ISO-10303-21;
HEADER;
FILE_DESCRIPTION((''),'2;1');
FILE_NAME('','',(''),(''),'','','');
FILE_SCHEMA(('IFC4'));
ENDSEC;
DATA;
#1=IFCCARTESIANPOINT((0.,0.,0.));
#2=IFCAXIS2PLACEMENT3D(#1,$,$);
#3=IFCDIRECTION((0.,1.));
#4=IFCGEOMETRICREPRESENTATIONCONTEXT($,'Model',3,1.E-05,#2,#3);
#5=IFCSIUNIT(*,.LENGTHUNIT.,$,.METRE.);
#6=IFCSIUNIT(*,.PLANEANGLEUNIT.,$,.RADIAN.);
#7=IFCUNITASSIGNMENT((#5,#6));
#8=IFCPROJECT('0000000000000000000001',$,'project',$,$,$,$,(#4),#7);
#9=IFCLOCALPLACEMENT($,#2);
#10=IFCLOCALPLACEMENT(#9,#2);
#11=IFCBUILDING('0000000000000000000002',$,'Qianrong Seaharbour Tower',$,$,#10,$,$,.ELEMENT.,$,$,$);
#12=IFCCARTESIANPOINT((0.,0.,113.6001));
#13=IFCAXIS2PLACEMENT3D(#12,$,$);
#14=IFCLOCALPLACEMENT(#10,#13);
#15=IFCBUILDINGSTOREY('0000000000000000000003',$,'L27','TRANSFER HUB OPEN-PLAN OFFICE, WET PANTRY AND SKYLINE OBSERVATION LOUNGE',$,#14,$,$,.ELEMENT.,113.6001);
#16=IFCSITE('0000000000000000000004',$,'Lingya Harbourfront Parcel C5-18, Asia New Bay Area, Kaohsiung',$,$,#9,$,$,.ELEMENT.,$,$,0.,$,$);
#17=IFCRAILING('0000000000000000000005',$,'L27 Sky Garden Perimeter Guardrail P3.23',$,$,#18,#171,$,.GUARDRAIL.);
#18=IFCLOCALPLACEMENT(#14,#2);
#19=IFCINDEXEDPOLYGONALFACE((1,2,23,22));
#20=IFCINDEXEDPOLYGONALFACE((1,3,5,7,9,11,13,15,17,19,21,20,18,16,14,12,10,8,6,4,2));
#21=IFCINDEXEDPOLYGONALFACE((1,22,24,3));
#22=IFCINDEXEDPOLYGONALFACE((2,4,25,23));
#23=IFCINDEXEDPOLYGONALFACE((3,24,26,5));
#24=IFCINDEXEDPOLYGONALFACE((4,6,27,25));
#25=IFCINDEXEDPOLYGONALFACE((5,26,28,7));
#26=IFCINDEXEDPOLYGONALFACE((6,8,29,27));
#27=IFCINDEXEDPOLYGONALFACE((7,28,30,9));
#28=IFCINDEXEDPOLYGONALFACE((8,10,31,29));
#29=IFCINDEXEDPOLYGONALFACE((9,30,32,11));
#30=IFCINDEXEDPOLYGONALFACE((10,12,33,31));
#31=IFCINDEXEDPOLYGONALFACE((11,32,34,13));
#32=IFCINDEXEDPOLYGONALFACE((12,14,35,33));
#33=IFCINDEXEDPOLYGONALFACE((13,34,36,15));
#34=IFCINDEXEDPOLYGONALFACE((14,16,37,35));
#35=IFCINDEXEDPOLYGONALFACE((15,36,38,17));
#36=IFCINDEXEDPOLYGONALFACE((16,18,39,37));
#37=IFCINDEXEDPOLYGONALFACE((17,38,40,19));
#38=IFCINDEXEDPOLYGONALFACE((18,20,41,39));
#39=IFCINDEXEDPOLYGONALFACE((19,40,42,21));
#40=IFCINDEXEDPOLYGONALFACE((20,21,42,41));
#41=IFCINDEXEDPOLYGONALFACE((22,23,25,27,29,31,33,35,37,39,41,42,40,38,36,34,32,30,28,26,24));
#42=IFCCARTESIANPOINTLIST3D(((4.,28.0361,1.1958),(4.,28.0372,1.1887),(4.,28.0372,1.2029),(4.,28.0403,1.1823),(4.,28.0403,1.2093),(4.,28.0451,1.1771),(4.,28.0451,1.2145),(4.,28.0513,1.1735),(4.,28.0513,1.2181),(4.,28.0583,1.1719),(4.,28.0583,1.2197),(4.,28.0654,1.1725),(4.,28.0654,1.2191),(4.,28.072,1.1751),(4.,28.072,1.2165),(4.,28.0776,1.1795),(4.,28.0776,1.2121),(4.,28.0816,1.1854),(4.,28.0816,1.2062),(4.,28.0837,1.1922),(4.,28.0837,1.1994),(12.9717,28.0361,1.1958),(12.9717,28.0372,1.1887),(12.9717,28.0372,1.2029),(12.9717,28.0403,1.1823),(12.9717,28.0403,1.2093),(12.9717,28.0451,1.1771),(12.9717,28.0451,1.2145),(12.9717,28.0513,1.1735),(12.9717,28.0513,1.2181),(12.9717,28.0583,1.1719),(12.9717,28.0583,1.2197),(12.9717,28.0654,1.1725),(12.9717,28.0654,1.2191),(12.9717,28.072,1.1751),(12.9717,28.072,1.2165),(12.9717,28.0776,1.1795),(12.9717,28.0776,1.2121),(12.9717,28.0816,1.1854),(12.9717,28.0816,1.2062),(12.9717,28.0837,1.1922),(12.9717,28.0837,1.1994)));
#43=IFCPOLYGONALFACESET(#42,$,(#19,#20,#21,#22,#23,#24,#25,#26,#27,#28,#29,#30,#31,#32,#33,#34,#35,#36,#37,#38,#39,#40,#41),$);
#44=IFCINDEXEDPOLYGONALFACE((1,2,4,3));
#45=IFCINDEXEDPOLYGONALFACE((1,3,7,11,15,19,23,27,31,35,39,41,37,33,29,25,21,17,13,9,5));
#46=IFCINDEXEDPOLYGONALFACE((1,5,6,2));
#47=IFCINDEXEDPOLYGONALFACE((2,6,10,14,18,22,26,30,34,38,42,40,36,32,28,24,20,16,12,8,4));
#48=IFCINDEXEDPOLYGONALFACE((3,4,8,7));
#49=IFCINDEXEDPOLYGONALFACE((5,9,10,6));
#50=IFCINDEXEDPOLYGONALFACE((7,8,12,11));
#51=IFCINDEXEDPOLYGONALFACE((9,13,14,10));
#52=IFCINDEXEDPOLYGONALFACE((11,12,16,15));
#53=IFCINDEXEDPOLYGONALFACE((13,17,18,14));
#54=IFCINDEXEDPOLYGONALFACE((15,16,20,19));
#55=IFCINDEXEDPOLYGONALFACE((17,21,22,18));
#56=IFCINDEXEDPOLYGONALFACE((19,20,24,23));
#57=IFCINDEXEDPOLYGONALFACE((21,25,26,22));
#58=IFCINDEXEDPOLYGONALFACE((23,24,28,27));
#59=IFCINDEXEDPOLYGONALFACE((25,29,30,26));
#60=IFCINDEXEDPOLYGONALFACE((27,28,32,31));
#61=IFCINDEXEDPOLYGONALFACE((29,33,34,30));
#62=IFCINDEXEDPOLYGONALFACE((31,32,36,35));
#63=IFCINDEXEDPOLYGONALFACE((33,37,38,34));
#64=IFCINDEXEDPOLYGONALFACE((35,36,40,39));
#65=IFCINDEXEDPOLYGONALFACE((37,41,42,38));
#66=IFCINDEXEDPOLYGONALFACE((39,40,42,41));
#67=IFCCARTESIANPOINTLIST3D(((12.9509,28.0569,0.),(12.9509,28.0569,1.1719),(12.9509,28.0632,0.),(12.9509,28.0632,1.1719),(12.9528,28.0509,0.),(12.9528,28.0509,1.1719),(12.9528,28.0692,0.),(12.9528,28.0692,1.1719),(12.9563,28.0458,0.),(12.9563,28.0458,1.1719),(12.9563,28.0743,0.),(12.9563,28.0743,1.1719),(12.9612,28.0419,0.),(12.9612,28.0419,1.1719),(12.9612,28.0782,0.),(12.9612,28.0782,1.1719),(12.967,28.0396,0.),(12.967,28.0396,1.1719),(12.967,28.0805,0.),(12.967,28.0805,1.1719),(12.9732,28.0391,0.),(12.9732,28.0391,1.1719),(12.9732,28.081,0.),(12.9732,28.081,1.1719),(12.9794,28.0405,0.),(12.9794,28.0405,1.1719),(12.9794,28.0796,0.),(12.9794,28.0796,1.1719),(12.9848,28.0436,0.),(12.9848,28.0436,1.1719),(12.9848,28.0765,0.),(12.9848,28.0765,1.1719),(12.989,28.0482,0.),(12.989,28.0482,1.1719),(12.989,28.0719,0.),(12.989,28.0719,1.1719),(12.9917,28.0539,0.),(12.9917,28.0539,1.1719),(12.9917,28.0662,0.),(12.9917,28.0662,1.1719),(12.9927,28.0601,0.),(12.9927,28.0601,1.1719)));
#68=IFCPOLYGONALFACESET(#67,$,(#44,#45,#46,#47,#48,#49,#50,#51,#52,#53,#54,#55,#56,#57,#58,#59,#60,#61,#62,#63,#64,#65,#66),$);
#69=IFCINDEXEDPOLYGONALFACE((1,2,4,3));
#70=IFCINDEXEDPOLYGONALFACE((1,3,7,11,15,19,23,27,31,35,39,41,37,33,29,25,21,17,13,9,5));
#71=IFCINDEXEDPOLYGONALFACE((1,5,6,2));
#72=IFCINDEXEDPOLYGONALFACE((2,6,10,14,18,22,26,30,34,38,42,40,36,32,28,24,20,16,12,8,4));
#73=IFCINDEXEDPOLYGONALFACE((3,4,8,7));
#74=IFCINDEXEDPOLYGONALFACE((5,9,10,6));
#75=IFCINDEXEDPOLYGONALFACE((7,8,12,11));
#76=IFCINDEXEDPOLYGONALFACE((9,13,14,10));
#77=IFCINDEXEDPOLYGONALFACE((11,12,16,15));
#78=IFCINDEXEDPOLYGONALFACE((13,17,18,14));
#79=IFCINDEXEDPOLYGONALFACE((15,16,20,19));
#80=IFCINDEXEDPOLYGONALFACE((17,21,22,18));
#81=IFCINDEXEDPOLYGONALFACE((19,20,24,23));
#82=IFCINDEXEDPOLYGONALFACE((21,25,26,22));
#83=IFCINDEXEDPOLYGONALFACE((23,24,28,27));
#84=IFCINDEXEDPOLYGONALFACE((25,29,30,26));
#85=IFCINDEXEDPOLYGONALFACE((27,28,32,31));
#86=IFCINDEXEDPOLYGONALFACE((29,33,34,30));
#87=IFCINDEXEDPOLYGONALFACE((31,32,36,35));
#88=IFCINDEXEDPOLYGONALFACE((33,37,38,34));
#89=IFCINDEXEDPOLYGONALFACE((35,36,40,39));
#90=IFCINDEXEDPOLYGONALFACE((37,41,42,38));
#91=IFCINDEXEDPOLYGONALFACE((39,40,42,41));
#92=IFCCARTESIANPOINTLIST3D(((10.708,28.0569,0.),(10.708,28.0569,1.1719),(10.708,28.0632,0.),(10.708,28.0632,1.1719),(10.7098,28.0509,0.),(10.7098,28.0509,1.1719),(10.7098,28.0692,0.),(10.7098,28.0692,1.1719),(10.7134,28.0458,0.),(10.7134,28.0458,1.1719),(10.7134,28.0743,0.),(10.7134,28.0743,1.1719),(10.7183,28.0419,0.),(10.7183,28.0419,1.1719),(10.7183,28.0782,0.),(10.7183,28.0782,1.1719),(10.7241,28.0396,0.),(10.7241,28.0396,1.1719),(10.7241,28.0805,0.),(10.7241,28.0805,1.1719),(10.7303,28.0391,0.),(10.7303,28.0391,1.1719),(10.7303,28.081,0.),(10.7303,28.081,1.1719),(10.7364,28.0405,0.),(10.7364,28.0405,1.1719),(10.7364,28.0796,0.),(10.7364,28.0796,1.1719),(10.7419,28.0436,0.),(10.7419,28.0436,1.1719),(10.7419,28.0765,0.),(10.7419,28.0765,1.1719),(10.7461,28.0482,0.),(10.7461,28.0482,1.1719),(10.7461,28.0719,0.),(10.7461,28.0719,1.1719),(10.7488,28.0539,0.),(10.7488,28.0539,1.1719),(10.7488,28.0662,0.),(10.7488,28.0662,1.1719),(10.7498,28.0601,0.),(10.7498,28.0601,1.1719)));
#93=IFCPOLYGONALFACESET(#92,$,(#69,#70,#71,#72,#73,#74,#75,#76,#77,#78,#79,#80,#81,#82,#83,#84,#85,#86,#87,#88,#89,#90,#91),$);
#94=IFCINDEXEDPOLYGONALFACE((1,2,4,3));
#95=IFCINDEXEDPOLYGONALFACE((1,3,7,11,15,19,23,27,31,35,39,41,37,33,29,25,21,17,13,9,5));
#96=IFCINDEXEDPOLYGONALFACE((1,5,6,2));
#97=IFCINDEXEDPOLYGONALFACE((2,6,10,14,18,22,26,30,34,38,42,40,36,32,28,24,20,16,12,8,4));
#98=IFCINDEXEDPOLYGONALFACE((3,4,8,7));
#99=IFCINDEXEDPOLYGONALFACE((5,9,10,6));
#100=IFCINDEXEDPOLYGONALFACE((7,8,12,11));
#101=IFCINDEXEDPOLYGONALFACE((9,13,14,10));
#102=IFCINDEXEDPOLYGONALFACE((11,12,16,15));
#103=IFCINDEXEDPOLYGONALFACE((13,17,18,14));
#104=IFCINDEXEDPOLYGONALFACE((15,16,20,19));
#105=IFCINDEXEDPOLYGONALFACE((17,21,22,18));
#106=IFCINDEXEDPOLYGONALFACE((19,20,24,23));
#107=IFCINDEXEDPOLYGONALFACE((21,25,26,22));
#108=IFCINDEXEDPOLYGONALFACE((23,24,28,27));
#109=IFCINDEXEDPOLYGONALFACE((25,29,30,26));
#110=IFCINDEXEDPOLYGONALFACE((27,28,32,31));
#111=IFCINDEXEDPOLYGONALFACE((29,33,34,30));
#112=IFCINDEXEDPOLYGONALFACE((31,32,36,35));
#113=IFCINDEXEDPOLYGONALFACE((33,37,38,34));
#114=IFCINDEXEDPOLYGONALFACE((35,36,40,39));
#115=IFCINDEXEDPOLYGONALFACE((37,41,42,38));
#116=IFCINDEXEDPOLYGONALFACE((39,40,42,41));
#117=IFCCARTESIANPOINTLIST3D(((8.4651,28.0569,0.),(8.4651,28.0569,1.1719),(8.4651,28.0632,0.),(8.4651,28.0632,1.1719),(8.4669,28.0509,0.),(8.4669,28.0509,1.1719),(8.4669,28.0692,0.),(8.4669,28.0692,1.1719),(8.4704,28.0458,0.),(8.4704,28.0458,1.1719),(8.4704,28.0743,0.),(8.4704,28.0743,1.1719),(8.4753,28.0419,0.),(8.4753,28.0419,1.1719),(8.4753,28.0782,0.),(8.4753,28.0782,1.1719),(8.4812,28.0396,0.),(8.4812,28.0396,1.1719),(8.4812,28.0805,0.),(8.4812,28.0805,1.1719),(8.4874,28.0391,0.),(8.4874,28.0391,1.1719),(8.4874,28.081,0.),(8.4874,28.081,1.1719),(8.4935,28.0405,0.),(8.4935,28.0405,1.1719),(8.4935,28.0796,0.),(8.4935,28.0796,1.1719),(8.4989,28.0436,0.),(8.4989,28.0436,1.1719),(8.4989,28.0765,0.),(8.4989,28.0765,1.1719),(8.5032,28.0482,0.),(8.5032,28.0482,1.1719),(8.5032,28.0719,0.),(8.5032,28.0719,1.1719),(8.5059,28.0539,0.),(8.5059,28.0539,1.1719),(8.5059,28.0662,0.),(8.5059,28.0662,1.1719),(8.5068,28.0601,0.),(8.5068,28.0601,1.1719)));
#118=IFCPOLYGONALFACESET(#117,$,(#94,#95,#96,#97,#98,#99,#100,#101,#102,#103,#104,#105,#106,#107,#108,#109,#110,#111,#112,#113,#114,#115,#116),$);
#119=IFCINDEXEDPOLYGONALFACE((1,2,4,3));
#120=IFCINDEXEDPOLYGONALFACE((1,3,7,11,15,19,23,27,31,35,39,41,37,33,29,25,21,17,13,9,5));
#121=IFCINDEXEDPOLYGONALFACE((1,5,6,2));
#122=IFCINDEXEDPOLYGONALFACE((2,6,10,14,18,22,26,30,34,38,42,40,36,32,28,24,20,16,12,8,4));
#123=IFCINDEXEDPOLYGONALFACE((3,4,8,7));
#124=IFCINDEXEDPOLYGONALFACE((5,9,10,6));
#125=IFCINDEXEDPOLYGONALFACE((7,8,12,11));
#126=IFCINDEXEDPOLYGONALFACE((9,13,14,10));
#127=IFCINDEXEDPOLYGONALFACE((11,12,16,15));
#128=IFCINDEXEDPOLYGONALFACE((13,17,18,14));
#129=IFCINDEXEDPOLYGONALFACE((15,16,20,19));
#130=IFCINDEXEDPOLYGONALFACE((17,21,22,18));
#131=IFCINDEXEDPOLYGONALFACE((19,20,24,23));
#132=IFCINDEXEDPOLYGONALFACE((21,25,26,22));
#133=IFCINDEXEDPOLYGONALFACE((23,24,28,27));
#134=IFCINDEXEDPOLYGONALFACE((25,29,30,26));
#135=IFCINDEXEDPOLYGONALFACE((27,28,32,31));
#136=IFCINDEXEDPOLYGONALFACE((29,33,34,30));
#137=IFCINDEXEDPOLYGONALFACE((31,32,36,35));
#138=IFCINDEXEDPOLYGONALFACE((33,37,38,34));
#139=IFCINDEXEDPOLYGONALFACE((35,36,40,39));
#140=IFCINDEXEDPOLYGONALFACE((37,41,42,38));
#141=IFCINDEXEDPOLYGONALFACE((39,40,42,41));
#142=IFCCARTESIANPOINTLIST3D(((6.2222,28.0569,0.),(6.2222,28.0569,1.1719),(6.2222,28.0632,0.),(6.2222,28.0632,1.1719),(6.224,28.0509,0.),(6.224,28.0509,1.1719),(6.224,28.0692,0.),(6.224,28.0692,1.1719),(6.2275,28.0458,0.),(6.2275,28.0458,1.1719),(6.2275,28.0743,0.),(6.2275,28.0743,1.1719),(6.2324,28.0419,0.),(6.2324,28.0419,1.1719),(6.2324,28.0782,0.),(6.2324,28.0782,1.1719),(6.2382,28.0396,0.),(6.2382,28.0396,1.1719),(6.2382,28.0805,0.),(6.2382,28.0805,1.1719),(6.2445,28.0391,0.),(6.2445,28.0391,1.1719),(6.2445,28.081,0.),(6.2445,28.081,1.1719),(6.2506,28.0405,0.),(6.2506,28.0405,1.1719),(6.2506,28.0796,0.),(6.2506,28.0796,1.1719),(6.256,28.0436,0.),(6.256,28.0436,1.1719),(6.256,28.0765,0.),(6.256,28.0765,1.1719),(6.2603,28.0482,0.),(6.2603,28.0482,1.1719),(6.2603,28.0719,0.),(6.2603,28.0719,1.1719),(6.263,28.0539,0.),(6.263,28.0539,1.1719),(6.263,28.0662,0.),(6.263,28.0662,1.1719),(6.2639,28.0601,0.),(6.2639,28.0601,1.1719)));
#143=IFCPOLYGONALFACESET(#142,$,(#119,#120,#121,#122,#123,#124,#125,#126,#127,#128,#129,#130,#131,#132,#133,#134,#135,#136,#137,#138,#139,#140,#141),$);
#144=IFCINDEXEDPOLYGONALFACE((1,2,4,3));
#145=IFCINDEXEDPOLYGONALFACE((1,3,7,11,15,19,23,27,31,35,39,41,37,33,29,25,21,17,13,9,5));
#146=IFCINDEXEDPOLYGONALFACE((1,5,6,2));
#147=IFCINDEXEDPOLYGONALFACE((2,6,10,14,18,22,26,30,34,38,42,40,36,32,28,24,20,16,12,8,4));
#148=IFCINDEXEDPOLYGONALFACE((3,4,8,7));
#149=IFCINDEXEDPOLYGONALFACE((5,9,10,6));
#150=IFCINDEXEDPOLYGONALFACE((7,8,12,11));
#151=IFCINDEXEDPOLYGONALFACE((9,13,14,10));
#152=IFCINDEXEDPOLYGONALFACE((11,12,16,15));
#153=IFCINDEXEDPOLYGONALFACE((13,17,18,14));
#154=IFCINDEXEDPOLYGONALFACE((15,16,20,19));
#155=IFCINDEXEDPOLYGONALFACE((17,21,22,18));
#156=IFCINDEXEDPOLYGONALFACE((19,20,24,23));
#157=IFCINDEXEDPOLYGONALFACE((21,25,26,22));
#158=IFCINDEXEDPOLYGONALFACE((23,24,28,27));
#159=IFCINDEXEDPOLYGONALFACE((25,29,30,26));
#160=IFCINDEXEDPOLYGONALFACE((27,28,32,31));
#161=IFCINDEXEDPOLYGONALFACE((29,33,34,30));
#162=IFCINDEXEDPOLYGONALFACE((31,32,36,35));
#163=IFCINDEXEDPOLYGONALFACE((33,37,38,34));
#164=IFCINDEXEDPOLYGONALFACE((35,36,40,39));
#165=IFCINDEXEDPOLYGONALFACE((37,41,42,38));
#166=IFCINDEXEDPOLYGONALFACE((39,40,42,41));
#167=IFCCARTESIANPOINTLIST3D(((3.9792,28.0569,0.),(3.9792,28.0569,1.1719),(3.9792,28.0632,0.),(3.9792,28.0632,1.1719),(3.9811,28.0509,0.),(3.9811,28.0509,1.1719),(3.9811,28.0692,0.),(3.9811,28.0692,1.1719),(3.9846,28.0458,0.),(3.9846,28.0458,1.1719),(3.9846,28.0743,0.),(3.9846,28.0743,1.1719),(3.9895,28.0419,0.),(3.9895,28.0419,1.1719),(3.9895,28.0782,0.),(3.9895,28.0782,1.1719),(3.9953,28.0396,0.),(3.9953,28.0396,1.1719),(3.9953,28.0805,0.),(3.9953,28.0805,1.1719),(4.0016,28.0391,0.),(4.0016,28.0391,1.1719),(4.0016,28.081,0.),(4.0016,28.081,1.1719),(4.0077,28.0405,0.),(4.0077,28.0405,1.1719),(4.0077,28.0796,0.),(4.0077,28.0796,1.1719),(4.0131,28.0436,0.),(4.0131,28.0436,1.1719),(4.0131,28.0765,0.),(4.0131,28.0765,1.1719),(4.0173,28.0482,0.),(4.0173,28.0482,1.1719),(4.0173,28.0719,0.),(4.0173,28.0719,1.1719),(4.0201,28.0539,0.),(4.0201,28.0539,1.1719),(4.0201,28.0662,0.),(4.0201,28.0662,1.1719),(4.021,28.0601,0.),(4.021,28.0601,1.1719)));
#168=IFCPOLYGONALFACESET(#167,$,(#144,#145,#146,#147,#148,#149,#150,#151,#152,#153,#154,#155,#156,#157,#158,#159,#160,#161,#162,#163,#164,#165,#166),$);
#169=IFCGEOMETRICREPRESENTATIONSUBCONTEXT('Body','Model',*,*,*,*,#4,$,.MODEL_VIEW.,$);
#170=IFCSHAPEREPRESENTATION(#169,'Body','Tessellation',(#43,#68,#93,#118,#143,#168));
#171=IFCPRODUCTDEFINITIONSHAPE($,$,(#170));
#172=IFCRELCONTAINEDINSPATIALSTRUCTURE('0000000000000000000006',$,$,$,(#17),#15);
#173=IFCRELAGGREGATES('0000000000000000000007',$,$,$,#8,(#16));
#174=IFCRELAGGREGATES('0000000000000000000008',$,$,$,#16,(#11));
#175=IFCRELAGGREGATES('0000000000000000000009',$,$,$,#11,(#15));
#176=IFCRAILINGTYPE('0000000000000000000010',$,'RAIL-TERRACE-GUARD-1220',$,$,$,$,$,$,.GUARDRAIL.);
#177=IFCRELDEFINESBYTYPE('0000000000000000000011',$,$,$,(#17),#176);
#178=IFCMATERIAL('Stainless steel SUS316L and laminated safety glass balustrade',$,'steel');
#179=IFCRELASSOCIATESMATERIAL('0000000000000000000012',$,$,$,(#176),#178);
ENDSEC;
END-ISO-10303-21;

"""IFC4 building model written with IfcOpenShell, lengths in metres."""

from ifc_helpers import new_model, si_unit, direction, frame, origin, origin_2d, place, context, subcontext, project, spatial, circle, extrude, material, type_object, element, save


model = new_model("IFC4")

# Units and contexts
model_context = context("Model", 3, precision=1e-05, world=origin(), true_north=direction((0.0, 1.0)))
body_context = subcontext(model_context, "Body", "Model", "MODEL_VIEW")
ifc_project = project(units=[si_unit("LENGTHUNIT", "METRE"), si_unit("PLANEANGLEUNIT", "RADIAN")], contexts=[model_context])

# Site, building, storey
site_placement = place(None, origin())
site = spatial("IfcSite", under=ifc_project, at=site_placement, Name="Lingya Harbourfront Parcel C5-18, Asia New Bay Area, Kaohsiung", CompositionType="ELEMENT", RefElevation=0.0)
building_placement = place(site_placement, origin())
building = spatial("IfcBuilding", under=site, at=building_placement, Name="Qianrong Seaharbour Tower", CompositionType="ELEMENT")
storey_placement = place(building_placement, frame((0.0, 0.0, 113.6001)))
storey = spatial("IfcBuildingStorey", under=building, at=storey_placement, Name="L27", Description="TRANSFER HUB OPEN-PLAN OFFICE, WET PANTRY AND SKYLINE OBSERVATION LOUNGE", CompositionType="ELEMENT", Elevation=113.6001)

# Railing
ifc_material_1 = material(Name="Stainless steel SUS316L and laminated safety glass balustrade", Category="steel")
railing_type = type_object("IfcRailingType", Name="RAIL-TERRACE-GUARD-1220", PredefinedType="GUARDRAIL", material=ifc_material_1)
railing_1_placement = place(storey_placement, frame((12.9717, 28.0601, 0.0)))
element("IfcRailing", 1, at=railing_1_placement, inside=storey, type_object=railing_type, Name="L27 Sky Garden Perimeter Guardrail P3.23", PredefinedType="GUARDRAIL", context=body_context, shape_type="SweptSolid", body=[
    extrude(circle(Radius=0.0239, at=origin_2d()), frame((0.0, 0.0, 1.1958), z_axis=(-1.0, 0.0, 0.0), x_axis=(0.0, -1.0, 0.0)), (0.0, 0.0, 1.0), 8.9717),
    extrude(circle(Radius=0.021, at=origin_2d()), origin(), (0.0, 0.0, 1.0), 1.1719),
    extrude(circle(Radius=0.021, at=origin_2d()), frame((-2.2429, 0.0, 0.0)), (0.0, 0.0, 1.0), 1.1719),
    extrude(circle(Radius=0.021, at=origin_2d()), frame((-4.4858, 0.0, 0.0)), (0.0, 0.0, 1.0), 1.1719),
    extrude(circle(Radius=0.021, at=origin_2d()), frame((-6.7288, 0.0, 0.0)), (0.0, 0.0, 1.0), 1.1719),
    extrude(circle(Radius=0.021, at=origin_2d()), frame((-8.9717, 0.0, 0.0)), (0.0, 0.0, 1.0), 1.1719),
])

save(model, "model.ifc")
